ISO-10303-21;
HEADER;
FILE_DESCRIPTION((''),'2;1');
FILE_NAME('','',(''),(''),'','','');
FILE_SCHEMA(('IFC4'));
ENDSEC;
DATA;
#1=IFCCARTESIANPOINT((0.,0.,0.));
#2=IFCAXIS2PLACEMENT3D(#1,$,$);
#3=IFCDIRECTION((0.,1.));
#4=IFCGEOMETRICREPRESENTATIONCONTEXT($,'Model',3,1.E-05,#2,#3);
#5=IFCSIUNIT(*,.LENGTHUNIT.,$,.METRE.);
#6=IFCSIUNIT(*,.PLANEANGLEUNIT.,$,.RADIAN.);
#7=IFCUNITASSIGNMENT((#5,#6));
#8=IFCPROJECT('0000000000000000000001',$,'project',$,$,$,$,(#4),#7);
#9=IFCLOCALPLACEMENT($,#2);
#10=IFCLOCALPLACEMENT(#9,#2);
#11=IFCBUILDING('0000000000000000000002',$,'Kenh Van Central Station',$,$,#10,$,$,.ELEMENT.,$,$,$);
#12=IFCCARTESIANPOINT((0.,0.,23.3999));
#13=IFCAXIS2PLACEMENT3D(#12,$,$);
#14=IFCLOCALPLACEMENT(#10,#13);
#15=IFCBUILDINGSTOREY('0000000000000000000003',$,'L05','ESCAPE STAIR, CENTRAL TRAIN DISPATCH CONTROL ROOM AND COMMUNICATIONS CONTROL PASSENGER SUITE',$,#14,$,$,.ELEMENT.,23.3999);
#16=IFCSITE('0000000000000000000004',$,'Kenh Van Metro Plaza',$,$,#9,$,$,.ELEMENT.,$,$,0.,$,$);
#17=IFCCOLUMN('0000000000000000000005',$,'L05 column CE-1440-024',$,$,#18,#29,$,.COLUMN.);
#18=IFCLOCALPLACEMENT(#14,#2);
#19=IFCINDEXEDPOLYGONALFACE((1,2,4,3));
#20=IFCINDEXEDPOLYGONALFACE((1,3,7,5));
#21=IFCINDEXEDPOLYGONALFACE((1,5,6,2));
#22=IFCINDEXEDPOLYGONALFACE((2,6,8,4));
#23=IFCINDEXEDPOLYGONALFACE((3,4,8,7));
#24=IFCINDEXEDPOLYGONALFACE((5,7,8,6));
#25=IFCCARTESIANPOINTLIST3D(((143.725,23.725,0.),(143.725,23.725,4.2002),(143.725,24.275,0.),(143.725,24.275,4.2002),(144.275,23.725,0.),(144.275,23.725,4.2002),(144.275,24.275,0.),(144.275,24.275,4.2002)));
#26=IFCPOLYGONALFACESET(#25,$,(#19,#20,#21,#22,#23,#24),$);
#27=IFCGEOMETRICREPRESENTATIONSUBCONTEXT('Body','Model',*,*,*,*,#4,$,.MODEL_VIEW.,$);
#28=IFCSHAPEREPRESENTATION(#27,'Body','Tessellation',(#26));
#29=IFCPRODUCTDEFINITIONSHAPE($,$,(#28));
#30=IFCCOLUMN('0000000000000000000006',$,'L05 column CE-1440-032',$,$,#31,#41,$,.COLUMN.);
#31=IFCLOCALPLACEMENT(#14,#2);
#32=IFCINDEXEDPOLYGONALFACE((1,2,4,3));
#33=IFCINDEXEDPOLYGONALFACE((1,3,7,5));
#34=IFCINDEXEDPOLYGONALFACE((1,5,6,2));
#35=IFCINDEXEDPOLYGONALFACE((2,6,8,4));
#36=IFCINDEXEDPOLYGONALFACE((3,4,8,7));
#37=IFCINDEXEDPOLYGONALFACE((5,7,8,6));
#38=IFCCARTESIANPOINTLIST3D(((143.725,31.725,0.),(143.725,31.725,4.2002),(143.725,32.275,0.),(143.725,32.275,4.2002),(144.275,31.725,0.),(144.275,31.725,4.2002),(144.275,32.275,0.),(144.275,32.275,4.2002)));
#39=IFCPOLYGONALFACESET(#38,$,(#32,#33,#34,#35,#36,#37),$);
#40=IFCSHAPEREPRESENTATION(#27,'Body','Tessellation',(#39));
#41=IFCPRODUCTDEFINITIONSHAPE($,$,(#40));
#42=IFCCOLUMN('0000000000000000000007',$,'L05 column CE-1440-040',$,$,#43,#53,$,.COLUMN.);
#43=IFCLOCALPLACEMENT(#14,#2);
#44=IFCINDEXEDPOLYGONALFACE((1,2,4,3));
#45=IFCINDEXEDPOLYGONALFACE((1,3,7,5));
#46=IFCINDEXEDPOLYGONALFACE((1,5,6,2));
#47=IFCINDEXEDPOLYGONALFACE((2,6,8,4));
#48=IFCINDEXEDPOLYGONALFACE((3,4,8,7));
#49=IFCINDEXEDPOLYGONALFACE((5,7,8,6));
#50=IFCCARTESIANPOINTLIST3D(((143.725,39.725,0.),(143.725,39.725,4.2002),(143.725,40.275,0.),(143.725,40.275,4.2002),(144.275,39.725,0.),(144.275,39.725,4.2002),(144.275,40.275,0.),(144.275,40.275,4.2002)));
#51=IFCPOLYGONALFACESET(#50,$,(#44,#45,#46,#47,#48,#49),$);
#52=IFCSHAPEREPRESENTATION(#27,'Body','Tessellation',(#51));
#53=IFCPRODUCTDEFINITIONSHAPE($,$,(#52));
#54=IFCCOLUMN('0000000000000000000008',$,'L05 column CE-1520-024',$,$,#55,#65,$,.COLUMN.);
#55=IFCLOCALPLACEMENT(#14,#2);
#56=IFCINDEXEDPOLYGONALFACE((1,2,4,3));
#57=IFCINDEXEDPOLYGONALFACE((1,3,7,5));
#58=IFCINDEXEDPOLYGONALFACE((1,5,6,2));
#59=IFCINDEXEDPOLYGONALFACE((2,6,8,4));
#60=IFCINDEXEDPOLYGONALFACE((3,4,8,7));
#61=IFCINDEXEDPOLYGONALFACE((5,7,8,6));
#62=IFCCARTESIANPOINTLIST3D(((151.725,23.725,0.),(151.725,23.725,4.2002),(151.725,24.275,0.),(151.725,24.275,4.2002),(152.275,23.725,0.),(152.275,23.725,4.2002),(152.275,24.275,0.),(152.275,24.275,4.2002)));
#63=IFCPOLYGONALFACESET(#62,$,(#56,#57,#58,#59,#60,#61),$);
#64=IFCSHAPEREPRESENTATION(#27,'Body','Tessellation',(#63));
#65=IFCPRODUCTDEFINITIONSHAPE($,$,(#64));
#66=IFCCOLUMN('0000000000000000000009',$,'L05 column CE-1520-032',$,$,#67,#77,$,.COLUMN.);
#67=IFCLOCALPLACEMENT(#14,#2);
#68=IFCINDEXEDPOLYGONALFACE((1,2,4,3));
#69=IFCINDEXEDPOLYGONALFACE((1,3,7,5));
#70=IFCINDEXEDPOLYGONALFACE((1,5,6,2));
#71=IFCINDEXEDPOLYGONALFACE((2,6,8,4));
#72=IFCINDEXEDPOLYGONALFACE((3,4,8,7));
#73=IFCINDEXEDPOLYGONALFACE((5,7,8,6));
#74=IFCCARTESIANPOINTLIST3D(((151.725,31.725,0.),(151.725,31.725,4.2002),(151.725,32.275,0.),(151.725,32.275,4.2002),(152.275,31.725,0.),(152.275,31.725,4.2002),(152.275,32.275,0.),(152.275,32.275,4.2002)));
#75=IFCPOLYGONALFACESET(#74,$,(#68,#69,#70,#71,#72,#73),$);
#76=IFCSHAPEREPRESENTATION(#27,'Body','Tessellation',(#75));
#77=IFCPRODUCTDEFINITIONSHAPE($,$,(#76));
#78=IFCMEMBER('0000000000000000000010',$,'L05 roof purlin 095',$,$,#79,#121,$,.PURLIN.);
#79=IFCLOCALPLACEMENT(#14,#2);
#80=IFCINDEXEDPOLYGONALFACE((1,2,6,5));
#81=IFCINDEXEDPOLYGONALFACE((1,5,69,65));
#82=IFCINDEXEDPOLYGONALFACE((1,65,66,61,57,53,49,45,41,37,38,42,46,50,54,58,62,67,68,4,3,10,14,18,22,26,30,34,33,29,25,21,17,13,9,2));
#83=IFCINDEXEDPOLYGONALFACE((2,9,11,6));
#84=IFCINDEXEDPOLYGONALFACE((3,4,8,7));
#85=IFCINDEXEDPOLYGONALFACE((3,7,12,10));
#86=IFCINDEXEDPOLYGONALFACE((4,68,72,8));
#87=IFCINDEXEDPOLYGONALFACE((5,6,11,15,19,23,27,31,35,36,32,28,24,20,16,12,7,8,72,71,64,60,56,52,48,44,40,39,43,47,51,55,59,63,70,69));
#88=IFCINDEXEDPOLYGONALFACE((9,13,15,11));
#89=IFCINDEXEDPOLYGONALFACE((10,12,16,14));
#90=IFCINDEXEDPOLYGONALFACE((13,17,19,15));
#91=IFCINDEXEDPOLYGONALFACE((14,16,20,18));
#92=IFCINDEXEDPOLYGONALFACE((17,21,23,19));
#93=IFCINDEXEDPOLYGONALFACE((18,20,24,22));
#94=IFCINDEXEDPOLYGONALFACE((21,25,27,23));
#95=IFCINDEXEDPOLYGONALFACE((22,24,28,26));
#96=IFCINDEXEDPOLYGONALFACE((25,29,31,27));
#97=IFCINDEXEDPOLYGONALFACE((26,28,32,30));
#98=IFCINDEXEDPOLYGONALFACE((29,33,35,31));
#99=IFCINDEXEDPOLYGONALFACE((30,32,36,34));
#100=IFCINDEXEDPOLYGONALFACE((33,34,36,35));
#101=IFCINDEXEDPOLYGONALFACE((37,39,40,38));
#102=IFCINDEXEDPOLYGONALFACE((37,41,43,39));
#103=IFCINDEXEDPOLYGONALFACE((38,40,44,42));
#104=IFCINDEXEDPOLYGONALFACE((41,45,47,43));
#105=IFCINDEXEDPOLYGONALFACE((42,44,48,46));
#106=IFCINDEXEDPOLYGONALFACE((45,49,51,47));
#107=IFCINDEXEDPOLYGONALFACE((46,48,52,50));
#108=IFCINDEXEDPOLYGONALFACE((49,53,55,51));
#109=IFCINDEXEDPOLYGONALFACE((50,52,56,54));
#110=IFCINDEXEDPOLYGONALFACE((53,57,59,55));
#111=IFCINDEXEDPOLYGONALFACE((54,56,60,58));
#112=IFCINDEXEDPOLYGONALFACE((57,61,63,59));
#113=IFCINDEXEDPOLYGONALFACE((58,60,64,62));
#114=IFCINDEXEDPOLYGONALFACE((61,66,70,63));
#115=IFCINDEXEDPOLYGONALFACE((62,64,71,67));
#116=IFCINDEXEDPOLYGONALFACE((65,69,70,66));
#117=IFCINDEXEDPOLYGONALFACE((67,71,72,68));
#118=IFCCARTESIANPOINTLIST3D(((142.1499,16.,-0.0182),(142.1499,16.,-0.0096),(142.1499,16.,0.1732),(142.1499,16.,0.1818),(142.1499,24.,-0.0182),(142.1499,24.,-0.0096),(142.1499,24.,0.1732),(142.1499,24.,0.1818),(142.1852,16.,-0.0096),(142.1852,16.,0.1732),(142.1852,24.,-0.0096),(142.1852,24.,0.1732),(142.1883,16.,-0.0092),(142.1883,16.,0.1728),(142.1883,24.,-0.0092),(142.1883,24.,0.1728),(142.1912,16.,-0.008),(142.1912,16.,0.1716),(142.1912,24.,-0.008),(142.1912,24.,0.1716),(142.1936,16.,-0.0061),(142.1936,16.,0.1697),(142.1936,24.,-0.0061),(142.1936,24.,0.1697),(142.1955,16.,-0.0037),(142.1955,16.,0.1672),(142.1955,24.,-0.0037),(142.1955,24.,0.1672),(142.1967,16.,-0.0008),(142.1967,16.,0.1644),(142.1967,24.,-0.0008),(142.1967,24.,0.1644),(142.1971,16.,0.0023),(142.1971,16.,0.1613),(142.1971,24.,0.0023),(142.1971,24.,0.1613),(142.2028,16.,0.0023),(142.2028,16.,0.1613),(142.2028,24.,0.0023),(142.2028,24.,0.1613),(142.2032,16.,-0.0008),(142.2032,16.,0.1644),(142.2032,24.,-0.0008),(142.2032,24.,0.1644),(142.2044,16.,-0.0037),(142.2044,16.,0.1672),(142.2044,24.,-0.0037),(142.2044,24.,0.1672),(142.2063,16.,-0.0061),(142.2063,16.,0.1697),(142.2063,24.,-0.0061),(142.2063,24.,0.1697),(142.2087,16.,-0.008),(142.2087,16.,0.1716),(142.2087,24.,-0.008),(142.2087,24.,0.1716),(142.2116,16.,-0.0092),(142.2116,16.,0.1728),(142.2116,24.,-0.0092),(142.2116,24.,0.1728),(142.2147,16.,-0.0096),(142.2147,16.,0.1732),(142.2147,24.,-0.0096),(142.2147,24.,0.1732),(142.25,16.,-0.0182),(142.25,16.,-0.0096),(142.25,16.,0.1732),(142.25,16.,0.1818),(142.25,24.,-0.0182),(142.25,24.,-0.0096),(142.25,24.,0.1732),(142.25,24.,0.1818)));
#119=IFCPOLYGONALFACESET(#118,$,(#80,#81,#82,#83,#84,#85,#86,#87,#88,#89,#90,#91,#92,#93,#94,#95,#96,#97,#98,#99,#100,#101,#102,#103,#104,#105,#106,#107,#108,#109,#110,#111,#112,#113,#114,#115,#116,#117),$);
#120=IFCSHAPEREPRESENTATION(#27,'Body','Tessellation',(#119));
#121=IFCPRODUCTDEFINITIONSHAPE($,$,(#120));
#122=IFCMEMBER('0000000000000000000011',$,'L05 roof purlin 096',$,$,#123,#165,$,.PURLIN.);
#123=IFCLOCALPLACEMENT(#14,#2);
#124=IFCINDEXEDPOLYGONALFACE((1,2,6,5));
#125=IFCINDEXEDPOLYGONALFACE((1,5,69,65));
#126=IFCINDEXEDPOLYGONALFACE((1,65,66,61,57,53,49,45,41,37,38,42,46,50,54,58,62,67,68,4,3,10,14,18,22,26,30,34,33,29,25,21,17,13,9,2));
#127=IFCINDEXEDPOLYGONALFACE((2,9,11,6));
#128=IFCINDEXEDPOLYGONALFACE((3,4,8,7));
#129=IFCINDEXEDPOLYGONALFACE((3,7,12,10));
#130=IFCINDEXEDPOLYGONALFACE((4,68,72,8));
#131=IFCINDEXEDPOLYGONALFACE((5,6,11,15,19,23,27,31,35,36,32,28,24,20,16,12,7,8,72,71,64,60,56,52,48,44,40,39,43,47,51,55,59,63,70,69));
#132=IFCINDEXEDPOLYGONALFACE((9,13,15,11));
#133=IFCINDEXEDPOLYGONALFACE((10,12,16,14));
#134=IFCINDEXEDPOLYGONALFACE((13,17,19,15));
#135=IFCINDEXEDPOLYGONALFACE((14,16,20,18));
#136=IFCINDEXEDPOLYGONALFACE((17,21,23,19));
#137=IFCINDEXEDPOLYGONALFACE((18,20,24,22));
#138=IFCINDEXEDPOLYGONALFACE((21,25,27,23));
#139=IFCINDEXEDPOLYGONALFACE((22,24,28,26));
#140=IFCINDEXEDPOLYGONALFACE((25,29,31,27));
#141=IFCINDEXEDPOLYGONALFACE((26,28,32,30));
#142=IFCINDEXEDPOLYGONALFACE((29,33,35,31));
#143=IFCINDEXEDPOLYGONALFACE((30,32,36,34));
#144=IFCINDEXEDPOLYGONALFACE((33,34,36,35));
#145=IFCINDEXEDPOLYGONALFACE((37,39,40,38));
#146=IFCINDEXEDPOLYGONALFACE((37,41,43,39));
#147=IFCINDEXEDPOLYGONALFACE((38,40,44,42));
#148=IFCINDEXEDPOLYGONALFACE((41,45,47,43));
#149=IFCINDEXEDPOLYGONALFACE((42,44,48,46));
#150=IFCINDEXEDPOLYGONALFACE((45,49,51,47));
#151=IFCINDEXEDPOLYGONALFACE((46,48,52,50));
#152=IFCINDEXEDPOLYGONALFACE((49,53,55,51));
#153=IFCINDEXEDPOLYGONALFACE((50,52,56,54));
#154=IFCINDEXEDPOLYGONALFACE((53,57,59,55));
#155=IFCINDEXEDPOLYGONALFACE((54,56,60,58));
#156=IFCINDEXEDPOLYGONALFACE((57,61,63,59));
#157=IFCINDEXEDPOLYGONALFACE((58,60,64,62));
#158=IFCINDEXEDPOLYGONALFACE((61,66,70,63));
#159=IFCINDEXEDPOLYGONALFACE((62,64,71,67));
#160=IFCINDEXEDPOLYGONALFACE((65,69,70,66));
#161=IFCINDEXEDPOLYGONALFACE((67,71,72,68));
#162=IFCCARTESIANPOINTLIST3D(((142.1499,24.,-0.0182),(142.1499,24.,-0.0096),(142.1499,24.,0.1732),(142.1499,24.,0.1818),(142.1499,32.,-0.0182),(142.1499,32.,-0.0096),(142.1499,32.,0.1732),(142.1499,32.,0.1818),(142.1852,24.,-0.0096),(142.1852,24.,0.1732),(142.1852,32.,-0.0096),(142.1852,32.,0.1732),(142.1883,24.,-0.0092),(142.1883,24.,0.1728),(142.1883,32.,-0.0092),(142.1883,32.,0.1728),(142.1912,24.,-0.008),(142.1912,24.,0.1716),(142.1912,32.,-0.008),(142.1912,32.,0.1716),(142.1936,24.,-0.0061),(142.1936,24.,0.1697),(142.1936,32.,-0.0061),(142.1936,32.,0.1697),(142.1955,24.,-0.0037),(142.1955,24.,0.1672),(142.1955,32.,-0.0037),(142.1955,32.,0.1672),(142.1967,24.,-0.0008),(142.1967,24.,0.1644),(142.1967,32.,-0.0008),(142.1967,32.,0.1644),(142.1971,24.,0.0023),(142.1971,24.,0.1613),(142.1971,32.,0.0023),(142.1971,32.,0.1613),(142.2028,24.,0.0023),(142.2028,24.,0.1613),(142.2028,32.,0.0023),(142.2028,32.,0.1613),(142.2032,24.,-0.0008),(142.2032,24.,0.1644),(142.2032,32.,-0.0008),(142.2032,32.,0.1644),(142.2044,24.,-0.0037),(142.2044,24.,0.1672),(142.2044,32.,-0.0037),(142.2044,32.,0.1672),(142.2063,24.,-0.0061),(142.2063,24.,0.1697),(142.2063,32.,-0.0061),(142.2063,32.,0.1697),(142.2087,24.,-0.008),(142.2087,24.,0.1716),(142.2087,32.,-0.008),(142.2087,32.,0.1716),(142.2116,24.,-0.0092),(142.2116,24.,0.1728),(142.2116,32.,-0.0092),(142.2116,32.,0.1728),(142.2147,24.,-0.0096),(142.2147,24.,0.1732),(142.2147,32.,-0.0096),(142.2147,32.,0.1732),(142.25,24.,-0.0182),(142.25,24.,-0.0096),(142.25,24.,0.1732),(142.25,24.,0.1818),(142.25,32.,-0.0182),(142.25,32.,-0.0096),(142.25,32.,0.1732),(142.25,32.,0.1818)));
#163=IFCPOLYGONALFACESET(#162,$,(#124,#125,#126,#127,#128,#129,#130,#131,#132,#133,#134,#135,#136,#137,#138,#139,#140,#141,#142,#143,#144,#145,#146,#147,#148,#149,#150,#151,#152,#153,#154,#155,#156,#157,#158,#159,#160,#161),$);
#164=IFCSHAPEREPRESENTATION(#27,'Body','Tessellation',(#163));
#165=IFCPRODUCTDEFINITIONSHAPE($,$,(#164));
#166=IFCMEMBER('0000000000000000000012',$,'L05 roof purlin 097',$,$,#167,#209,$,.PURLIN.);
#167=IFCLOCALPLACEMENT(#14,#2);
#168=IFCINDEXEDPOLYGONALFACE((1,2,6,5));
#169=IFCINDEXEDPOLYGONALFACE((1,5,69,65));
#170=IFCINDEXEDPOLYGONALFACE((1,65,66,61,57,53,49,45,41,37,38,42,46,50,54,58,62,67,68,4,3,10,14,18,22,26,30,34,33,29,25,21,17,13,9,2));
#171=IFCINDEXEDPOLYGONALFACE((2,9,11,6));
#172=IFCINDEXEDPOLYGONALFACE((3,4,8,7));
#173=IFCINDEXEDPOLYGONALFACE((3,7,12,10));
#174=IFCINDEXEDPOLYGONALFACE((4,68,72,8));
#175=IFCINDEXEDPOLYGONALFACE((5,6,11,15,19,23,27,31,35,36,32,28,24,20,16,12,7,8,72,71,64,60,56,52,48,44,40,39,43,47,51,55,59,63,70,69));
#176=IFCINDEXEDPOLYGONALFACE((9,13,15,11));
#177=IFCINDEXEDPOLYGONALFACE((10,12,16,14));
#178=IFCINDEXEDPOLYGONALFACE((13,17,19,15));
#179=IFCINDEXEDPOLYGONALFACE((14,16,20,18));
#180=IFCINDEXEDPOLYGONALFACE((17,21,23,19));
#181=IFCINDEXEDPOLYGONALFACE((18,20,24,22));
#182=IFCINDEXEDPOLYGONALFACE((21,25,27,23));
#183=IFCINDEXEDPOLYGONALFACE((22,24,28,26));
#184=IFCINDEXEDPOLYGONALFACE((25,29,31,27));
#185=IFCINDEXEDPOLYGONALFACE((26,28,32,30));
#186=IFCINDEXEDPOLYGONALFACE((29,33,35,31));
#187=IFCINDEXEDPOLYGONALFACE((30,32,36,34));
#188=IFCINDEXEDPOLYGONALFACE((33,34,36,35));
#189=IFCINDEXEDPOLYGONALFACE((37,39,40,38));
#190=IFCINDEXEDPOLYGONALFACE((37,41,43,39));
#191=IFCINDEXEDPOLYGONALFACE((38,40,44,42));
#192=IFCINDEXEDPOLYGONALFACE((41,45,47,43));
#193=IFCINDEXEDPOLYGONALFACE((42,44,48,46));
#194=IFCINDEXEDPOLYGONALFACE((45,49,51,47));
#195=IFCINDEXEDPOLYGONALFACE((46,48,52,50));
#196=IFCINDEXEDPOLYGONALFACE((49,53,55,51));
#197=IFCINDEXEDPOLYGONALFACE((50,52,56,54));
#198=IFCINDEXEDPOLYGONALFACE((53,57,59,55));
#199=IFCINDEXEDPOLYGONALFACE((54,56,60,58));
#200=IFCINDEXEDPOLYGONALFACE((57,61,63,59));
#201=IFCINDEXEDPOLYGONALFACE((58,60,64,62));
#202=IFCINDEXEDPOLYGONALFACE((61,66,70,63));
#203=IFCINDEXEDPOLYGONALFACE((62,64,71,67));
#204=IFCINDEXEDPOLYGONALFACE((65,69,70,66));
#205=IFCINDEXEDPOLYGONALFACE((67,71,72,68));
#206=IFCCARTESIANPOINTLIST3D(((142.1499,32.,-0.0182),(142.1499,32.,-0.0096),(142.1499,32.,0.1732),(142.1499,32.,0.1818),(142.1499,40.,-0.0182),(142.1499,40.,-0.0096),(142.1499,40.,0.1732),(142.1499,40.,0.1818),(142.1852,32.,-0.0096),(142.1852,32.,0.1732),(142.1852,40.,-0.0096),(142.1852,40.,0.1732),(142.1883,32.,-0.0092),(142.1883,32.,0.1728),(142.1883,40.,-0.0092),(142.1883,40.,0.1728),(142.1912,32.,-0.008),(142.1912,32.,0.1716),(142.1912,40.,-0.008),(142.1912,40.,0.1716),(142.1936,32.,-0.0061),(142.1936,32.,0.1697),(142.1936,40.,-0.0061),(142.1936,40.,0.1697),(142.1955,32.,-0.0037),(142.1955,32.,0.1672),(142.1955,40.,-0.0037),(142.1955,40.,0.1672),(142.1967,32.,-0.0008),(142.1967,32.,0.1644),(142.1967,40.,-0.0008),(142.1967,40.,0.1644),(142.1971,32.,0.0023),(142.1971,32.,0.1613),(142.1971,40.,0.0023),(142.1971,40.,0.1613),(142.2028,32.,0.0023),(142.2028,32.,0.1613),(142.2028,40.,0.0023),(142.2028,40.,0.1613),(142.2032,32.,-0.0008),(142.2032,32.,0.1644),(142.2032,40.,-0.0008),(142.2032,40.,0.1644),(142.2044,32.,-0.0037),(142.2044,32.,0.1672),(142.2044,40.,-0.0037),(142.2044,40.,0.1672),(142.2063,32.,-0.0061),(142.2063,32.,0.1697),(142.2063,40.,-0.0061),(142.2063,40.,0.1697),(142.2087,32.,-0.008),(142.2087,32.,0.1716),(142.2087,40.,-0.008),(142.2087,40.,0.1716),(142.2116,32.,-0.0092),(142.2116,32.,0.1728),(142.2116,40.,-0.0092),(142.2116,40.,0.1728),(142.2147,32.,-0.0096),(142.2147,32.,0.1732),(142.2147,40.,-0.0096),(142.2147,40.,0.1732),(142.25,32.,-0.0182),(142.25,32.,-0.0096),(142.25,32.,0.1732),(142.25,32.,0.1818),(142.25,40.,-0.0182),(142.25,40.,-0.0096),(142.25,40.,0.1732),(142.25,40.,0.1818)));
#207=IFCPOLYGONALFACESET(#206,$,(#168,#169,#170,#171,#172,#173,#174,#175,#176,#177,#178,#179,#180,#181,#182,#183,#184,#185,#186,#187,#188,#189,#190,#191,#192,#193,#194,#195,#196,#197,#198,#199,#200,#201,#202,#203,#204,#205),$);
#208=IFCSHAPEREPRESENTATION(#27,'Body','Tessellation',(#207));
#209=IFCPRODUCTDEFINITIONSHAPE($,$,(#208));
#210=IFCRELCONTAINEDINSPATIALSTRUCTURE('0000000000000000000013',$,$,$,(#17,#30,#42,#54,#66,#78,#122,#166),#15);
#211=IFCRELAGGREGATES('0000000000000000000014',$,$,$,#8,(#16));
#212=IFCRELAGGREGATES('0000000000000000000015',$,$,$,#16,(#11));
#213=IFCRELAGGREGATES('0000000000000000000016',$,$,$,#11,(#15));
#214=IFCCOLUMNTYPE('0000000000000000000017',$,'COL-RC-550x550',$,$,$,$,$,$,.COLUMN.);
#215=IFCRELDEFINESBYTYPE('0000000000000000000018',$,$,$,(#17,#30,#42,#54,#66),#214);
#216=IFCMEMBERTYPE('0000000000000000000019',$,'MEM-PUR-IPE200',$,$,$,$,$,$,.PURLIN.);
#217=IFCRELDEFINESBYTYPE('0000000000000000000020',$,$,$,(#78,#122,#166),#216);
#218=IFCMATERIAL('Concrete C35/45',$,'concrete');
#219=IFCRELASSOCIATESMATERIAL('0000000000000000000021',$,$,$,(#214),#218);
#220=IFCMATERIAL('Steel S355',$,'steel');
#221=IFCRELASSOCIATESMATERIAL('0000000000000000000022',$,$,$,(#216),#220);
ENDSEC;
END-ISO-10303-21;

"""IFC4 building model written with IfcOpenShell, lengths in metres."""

from ifc_helpers import new_model, si_unit, direction, frame, origin, origin_2d, place, context, subcontext, project, spatial, rectangle, i_section, extrude, material, material_profile, profile_set, type_object, element, save


model = new_model("IFC4")

# Units and contexts
model_context = context("Model", 3, precision=1e-05, world=origin(), true_north=direction((0.0, 1.0)))
body_context = subcontext(model_context, "Body", "Model", "MODEL_VIEW")
ifc_project = project(units=[si_unit("LENGTHUNIT", "METRE"), si_unit("PLANEANGLEUNIT", "RADIAN")], contexts=[model_context])

# Site, building, storey
site_placement = place(None, origin())
site = spatial("IfcSite", under=ifc_project, at=site_placement, Name="Kenh Van Metro Plaza", CompositionType="ELEMENT", RefElevation=0.0)
building_placement = place(site_placement, origin())
building = spatial("IfcBuilding", under=site, at=building_placement, Name="Kenh Van Central Station", CompositionType="ELEMENT")
storey_placement = place(building_placement, frame((0.0, 0.0, 23.3999)))
storey = spatial("IfcBuildingStorey", under=building, at=storey_placement, Name="L05", Description="ESCAPE STAIR, CENTRAL TRAIN DISPATCH CONTROL ROOM AND COMMUNICATIONS CONTROL PASSENGER SUITE", CompositionType="ELEMENT", Elevation=23.3999)

# Columns
ifc_material_1 = material(Name="Concrete C35/45", Category="concrete")
ifc_material_profile_1 = material_profile(ifc_material_1, rectangle(XDim=0.55, YDim=0.55, at=origin_2d()), Name="RC 550x550")
ifc_profile_set_1 = profile_set([ifc_material_profile_1], Name="Concrete C35/45")
column_type = type_object("IfcColumnType", Name="COL-RC-550x550", PredefinedType="COLUMN", material=ifc_profile_set_1)
for number, where, z_axis, x_axis, name in (
    (1, (144.0, 24.0, 0.0), (0.0, 0.0, 1.0), (1.0, 0.0, 0.0), "L05 column CE-1440-024"),
    (2, (144.0, 32.0, 0.0), (0.0, 0.0, 1.0), (1.0, 0.0, 0.0), "L05 column CE-1440-032"),
    (3, (144.0, 40.0, 0.0), (0.0, 0.0, 1.0), (1.0, 0.0, 0.0), "L05 column CE-1440-040"),
    (4, (152.0, 24.0, 0.0), (0.0, 0.0, 1.0), (1.0, 0.0, 0.0), "L05 column CE-1520-024"),
    (5, (152.0, 32.0, 0.0), (0.0, 0.0, 1.0), (1.0, 0.0, 0.0), "L05 column CE-1520-032"),
):
    element("IfcColumn", number, at=place(storey_placement, frame(where, z_axis=z_axis, x_axis=x_axis)), inside=storey, type_object=column_type, Name=name, PredefinedType="COLUMN", context=body_context, shape_type="SweptSolid", body=[
        extrude(rectangle(XDim=0.55, YDim=0.55, at=origin_2d()), origin(), (0.0, 0.0, 1.0), 4.2002),
    ])

# Members
ifc_material_2 = material(Name="Steel S355", Category="steel")
ifc_material_profile_2 = material_profile(ifc_material_2, i_section(OverallWidth=0.1001, OverallDepth=0.2, WebThickness=0.0056, FlangeThickness=0.0085, FilletRadius=0.012, at=origin_2d()), Name="IPE 200")
ifc_profile_set_2 = profile_set([ifc_material_profile_2], Name="Steel S355")
member_type_1 = type_object("IfcMemberType", Name="MEM-PUR-IPE200", PredefinedType="PURLIN", material=ifc_profile_set_2)
for number, where, z_axis, x_axis, name in (
    (6, (142.2, 16.0, 0.0818), (0.0, 1.0, 0.0), (-1.0, 0.0, 0.0), "L05 roof purlin 095"),
    (7, (142.2, 24.0, 0.0818), (0.0, 1.0, 0.0), (-1.0, 0.0, 0.0), "L05 roof purlin 096"),
    (8, (142.2, 32.0, 0.0818), (0.0, 1.0, 0.0), (-1.0, 0.0, 0.0), "L05 roof purlin 097"),
):
    element("IfcMember", number, at=place(storey_placement, frame(where, z_axis=z_axis, x_axis=x_axis)), inside=storey, type_object=member_type_1, Name=name, PredefinedType="PURLIN", context=body_context, shape_type="SweptSolid", body=[
        extrude(i_section(OverallWidth=0.1001, OverallDepth=0.2, WebThickness=0.0056, FlangeThickness=0.0085, FilletRadius=0.012, at=origin_2d()), origin(), (0.0, 0.0, 1.0), 8.0),
    ])

save(model, "model.ifc")
